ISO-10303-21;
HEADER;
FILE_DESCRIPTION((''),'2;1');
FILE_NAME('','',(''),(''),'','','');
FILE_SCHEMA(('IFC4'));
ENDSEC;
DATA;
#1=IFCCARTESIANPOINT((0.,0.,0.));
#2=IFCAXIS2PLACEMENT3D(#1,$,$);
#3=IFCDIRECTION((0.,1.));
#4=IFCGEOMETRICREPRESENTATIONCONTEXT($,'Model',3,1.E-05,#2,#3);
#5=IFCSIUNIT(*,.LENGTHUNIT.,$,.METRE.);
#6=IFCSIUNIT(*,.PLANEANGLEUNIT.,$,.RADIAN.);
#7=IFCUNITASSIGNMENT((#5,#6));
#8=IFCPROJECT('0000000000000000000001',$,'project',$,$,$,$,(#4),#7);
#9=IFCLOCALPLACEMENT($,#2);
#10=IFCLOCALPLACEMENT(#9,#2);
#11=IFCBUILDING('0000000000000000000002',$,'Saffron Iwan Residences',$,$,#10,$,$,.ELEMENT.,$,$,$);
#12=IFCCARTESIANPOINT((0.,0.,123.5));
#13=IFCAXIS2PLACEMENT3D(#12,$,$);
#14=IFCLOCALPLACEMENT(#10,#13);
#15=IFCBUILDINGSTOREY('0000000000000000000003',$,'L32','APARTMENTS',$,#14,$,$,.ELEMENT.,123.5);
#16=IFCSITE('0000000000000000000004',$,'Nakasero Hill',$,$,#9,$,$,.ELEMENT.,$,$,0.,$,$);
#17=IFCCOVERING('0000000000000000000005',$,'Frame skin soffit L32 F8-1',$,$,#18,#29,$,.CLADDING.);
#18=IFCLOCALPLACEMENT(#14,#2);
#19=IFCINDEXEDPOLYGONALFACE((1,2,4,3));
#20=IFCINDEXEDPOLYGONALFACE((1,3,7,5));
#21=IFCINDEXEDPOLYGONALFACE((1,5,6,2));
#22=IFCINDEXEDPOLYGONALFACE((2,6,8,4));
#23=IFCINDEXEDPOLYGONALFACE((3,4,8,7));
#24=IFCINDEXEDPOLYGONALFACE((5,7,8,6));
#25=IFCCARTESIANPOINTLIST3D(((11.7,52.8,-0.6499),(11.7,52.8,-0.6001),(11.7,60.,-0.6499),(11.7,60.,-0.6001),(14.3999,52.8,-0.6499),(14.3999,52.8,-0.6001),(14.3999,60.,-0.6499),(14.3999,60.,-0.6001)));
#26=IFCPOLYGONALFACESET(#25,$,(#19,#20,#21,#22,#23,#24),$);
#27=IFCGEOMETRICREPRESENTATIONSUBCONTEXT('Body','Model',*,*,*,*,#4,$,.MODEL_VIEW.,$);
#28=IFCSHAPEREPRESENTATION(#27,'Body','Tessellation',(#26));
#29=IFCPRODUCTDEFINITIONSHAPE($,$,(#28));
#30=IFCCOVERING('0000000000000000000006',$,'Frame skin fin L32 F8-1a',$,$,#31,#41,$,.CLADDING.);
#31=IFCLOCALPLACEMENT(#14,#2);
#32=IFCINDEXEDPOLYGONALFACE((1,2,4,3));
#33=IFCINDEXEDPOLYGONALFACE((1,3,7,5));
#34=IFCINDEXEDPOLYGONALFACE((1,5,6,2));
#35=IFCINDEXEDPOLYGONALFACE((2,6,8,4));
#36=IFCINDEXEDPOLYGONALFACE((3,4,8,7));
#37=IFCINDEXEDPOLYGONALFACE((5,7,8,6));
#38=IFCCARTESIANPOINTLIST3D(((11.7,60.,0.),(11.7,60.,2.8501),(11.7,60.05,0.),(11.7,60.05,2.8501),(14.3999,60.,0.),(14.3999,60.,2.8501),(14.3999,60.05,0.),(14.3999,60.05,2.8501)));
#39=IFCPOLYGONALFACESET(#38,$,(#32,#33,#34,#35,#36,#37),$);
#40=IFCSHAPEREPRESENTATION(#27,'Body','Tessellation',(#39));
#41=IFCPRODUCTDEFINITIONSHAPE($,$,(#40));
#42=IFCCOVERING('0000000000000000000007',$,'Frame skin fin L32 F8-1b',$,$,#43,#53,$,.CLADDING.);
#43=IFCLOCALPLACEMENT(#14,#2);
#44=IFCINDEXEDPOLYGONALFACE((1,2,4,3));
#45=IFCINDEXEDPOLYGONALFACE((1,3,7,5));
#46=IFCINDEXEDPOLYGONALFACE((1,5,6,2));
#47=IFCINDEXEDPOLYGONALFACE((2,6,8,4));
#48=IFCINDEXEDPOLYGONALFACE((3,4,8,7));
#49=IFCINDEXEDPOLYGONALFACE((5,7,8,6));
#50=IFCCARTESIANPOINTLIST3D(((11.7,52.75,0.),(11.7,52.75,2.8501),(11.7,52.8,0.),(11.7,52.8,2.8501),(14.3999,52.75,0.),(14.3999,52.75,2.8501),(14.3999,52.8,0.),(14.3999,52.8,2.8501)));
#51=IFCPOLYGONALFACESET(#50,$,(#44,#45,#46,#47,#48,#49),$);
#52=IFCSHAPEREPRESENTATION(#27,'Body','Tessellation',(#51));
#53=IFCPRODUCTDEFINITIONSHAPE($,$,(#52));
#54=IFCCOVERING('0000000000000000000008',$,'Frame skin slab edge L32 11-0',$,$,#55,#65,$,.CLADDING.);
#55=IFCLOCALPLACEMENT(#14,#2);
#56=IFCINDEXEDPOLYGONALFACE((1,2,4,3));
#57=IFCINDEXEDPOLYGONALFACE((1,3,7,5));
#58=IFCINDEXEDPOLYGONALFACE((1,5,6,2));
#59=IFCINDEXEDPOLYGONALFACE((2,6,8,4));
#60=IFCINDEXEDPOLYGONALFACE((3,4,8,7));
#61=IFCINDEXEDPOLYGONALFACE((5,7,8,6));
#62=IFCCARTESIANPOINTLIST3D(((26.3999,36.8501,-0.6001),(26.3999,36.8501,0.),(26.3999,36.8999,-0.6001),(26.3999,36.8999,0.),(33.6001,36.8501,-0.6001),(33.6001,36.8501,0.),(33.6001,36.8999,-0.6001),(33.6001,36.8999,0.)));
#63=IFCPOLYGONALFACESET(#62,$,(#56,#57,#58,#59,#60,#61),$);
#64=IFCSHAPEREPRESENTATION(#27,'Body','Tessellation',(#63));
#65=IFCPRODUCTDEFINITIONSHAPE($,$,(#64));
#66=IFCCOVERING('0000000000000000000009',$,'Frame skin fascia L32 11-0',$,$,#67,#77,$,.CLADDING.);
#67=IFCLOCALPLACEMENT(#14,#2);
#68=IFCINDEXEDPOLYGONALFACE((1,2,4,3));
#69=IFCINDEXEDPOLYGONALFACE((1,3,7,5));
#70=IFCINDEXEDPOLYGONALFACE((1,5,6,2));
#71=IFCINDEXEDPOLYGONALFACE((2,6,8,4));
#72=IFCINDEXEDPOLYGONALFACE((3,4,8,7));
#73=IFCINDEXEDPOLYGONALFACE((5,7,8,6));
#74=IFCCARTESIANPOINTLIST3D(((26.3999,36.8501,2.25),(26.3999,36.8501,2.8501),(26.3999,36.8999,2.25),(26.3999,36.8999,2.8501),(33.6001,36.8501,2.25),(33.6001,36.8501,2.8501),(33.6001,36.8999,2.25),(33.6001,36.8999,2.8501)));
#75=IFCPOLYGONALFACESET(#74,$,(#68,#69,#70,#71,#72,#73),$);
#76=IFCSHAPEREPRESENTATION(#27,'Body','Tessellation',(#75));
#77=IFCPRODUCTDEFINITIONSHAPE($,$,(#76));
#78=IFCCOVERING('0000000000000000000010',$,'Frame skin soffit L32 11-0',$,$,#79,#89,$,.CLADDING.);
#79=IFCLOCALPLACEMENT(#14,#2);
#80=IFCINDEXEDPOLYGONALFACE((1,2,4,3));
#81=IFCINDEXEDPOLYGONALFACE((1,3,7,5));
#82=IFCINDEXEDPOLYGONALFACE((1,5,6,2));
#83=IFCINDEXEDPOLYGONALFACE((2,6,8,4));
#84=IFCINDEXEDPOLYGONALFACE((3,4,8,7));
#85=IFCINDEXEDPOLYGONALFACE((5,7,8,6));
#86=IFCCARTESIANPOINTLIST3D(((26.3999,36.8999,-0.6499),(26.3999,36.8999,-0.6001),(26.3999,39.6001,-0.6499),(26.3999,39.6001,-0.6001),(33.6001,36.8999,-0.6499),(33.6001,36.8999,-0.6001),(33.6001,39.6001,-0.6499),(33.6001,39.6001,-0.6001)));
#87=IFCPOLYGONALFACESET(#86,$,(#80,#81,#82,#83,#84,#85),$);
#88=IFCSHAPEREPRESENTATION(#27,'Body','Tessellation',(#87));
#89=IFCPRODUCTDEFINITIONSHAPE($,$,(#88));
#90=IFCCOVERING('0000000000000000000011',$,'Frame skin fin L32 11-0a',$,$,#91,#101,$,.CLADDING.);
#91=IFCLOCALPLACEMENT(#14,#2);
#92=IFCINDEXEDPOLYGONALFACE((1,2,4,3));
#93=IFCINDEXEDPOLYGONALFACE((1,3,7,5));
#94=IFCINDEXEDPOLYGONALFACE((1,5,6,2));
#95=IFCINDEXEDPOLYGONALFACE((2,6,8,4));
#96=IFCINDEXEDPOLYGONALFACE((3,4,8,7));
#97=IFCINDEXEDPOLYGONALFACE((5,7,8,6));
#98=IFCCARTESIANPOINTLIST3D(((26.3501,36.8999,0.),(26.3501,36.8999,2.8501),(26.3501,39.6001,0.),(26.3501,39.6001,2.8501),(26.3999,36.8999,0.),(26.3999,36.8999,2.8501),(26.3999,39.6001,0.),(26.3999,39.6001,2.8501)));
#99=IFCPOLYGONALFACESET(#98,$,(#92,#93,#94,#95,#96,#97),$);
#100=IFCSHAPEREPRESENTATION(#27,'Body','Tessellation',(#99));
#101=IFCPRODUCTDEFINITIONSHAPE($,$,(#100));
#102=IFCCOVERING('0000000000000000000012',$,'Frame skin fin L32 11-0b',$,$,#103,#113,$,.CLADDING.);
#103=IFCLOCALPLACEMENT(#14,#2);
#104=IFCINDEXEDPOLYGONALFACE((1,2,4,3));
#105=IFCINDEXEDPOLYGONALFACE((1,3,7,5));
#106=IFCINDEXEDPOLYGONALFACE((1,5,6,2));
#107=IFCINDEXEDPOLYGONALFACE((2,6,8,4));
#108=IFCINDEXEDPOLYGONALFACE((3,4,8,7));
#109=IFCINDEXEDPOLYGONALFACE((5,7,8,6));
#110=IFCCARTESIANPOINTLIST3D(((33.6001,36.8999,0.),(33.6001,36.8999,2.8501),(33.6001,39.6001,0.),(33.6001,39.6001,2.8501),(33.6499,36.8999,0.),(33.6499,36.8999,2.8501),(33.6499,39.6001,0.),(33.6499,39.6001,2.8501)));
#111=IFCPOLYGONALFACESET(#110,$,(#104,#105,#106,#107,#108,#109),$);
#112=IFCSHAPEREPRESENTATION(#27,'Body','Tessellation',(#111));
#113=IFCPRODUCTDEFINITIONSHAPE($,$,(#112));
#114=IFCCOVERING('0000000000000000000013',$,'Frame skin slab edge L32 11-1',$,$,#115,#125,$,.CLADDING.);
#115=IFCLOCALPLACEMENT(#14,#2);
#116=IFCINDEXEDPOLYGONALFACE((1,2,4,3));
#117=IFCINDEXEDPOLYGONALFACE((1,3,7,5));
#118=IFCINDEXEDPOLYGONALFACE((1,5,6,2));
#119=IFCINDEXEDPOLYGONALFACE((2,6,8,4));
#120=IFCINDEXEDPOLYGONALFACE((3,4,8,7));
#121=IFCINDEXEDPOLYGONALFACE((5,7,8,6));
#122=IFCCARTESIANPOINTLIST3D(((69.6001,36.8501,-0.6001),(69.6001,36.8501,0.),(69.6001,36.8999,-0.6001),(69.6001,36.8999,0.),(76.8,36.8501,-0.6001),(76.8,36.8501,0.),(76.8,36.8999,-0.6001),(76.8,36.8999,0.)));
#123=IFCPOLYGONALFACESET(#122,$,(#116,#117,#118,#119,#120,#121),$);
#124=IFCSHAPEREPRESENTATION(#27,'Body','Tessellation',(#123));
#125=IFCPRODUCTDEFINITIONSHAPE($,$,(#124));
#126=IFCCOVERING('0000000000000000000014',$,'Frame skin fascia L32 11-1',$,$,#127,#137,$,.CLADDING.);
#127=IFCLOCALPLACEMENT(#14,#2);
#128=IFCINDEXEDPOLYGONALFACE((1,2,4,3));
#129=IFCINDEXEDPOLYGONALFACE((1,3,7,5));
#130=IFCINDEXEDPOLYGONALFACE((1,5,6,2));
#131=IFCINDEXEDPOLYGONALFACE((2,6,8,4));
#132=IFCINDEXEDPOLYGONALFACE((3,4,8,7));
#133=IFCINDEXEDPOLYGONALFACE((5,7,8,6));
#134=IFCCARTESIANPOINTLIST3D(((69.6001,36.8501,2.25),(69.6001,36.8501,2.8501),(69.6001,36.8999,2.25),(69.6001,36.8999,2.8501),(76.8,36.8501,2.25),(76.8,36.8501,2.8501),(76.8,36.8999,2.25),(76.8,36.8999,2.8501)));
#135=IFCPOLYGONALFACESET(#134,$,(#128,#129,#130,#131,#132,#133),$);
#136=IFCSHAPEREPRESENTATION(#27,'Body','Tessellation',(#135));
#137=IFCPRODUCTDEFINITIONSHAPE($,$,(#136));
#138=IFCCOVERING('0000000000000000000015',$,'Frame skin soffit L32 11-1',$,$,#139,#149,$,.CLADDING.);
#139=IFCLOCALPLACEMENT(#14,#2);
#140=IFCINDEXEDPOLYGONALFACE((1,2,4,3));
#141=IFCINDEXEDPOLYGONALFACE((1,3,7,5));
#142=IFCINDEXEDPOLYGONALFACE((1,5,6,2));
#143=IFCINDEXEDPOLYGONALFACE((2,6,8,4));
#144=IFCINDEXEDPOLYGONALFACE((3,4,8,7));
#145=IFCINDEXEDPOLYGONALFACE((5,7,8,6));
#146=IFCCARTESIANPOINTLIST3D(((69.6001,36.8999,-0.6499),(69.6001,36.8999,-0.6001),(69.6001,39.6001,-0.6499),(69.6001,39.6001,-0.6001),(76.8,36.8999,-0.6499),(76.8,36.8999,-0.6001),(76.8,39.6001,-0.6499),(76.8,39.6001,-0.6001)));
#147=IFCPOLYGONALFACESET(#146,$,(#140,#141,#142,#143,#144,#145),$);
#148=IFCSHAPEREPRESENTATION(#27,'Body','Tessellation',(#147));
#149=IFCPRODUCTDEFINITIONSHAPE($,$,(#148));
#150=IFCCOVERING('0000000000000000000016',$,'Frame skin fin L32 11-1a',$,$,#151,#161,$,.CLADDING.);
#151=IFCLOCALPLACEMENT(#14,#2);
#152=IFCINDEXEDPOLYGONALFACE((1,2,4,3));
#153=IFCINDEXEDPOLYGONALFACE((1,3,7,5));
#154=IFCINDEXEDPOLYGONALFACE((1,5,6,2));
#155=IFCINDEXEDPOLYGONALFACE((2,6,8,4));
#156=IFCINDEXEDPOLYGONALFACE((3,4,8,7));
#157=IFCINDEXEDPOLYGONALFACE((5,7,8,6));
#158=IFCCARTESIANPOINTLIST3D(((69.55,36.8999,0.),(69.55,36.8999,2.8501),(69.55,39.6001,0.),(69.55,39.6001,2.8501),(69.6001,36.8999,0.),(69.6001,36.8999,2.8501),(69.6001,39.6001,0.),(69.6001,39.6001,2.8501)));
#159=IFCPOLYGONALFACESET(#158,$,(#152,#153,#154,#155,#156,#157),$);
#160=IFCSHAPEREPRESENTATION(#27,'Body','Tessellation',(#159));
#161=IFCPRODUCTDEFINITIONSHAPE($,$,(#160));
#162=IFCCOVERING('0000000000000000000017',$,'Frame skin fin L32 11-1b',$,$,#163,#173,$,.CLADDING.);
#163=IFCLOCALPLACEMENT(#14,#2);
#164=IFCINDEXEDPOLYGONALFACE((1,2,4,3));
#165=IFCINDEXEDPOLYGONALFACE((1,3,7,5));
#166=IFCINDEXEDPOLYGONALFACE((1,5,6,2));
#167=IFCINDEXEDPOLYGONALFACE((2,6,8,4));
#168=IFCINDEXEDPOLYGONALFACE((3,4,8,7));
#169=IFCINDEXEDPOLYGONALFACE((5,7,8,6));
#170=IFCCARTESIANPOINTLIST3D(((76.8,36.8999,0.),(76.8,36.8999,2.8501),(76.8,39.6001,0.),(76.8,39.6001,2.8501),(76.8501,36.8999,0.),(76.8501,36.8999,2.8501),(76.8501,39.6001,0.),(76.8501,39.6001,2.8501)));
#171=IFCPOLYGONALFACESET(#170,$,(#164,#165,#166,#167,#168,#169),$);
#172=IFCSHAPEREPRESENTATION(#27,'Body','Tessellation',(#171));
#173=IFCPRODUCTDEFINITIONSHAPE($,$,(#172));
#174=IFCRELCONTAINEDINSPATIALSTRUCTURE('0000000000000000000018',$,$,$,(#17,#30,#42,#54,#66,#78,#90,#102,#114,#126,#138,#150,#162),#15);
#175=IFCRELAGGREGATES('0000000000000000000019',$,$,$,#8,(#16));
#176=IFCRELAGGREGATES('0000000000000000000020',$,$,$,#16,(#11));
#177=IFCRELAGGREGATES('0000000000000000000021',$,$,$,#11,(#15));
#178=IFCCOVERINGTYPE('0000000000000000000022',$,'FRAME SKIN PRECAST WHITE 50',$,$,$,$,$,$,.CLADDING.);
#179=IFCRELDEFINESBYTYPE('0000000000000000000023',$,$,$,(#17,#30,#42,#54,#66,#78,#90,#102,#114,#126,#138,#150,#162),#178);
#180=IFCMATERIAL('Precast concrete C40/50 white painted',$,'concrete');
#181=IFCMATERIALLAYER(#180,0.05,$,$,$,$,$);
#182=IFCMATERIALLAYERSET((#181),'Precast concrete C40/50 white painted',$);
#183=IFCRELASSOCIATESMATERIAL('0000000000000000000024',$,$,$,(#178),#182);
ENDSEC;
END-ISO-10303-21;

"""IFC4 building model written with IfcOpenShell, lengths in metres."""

from ifc_helpers import new_model, si_unit, direction, frame, origin, place, context, subcontext, project, spatial, polyline, outline, extrude, material, layer, layer_set, type_object, element, save


model = new_model("IFC4")

# Units and contexts
model_context = context("Model", 3, precision=1e-05, world=origin(), true_north=direction((0.0, 1.0)))
body_context = subcontext(model_context, "Body", "Model", "MODEL_VIEW")
ifc_project = project(units=[si_unit("LENGTHUNIT", "METRE"), si_unit("PLANEANGLEUNIT", "RADIAN")], contexts=[model_context])

# Site, building, storey
site_placement = place(None, origin())
site = spatial("IfcSite", under=ifc_project, at=site_placement, Name="Nakasero Hill", CompositionType="ELEMENT", RefElevation=0.0)
building_placement = place(site_placement, origin())
building = spatial("IfcBuilding", under=site, at=building_placement, Name="Saffron Iwan Residences", CompositionType="ELEMENT")
storey_placement = place(building_placement, frame((0.0, 0.0, 123.5)))
storey = spatial("IfcBuildingStorey", under=building, at=storey_placement, Name="L32", Description="APARTMENTS", CompositionType="ELEMENT", Elevation=123.5)

# Coverings
ifc_material_1 = material(Name="Precast concrete C40/50 white painted", Category="concrete")
ifc_layer_1 = layer(ifc_material_1, 0.05)
ifc_layer_set_1 = layer_set([ifc_layer_1], Name="Precast concrete C40/50 white painted")
covering_type = type_object("IfcCoveringType", Name="FRAME SKIN PRECAST WHITE 50", PredefinedType="CLADDING", material=ifc_layer_set_1)
covering_1_placement = place(storey_placement, frame((0.0, 0.0, -0.6499)))
element("IfcCovering", 1, at=covering_1_placement, inside=storey, type_object=covering_type, Name="Frame skin soffit L32 F8-1", PredefinedType="CLADDING", context=body_context, shape_type="SweptSolid", body=[
    extrude(outline(polyline([(11.7, 60.0), (11.7, 52.8), (14.3999, 52.8), (14.3999, 60.0), (11.7, 60.0)])), origin(), (0.0, 0.0, 1.0), 0.0498),
])
covering_2_placement = place(storey_placement, origin())
element("IfcCovering", 2, at=covering_2_placement, inside=storey, type_object=covering_type, Name="Frame skin fin L32 F8-1a", PredefinedType="CLADDING", context=body_context, shape_type="SweptSolid", body=[
    extrude(outline(polyline([(11.7, 60.05), (11.7, 60.0), (14.3999, 60.0), (14.3999, 60.05), (11.7, 60.05)])), origin(), (0.0, 0.0, 1.0), 2.8501),
])
covering_3_placement = place(storey_placement, origin())
element("IfcCovering", 3, at=covering_3_placement, inside=storey, type_object=covering_type, Name="Frame skin fin L32 F8-1b", PredefinedType="CLADDING", context=body_context, shape_type="SweptSolid", body=[
    extrude(outline(polyline([(11.7, 52.8), (11.7, 52.75), (14.3999, 52.75), (14.3999, 52.8), (11.7, 52.8)])), origin(), (0.0, 0.0, 1.0), 2.8501),
])
for number, where, name in (
    (4, (0.0, 0.0, -0.6001), "Frame skin slab edge L32 11-0"),
    (5, (0.0, 0.0, 2.25), "Frame skin fascia L32 11-0"),
):
    element("IfcCovering", number, at=place(storey_placement, frame(where)), inside=storey, type_object=covering_type, Name=name, PredefinedType="CLADDING", context=body_context, shape_type="SweptSolid", body=[
        extrude(outline(polyline([(26.3999, 36.8501), (33.6001, 36.8501), (33.6001, 36.8999), (26.3999, 36.8999), (26.3999, 36.8501)])), origin(), (0.0, 0.0, 1.0), 0.6001),
    ])
covering_4_placement = place(storey_placement, frame((0.0, 0.0, -0.6499)))
element("IfcCovering", 6, at=covering_4_placement, inside=storey, type_object=covering_type, Name="Frame skin soffit L32 11-0", PredefinedType="CLADDING", context=body_context, shape_type="SweptSolid", body=[
    extrude(outline(polyline([(26.3999, 36.8999), (33.6001, 36.8999), (33.6001, 39.6001), (26.3999, 39.6001), (26.3999, 36.8999)])), origin(), (0.0, 0.0, 1.0), 0.0498),
])
covering_5_placement = place(storey_placement, origin())
element("IfcCovering", 7, at=covering_5_placement, inside=storey, type_object=covering_type, Name="Frame skin fin L32 11-0a", PredefinedType="CLADDING", context=body_context, shape_type="SweptSolid", body=[
    extrude(outline(polyline([(26.3501, 36.8999), (26.3999, 36.8999), (26.3999, 39.6001), (26.3501, 39.6001), (26.3501, 36.8999)])), origin(), (0.0, 0.0, 1.0), 2.8501),
])
covering_6_placement = place(storey_placement, origin())
element("IfcCovering", 8, at=covering_6_placement, inside=storey, type_object=covering_type, Name="Frame skin fin L32 11-0b", PredefinedType="CLADDING", context=body_context, shape_type="SweptSolid", body=[
    extrude(outline(polyline([(33.6001, 36.8999), (33.6499, 36.8999), (33.6499, 39.6001), (33.6001, 39.6001), (33.6001, 36.8999)])), origin(), (0.0, 0.0, 1.0), 2.8501),
])
for number, where, name in (
    (9, (0.0, 0.0, -0.6001), "Frame skin slab edge L32 11-1"),
    (10, (0.0, 0.0, 2.25), "Frame skin fascia L32 11-1"),
):
    element("IfcCovering", number, at=place(storey_placement, frame(where)), inside=storey, type_object=covering_type, Name=name, PredefinedType="CLADDING", context=body_context, shape_type="SweptSolid", body=[
        extrude(outline(polyline([(69.6001, 36.8501), (76.8, 36.8501), (76.8, 36.8999), (69.6001, 36.8999), (69.6001, 36.8501)])), origin(), (0.0, 0.0, 1.0), 0.6001),
    ])
covering_7_placement = place(storey_placement, frame((0.0, 0.0, -0.6499)))
element("IfcCovering", 11, at=covering_7_placement, inside=storey, type_object=covering_type, Name="Frame skin soffit L32 11-1", PredefinedType="CLADDING", context=body_context, shape_type="SweptSolid", body=[
    extrude(outline(polyline([(69.6001, 36.8999), (76.8, 36.8999), (76.8, 39.6001), (69.6001, 39.6001), (69.6001, 36.8999)])), origin(), (0.0, 0.0, 1.0), 0.0498),
])
covering_8_placement = place(storey_placement, origin())
element("IfcCovering", 12, at=covering_8_placement, inside=storey, type_object=covering_type, Name="Frame skin fin L32 11-1a", PredefinedType="CLADDING", context=body_context, shape_type="SweptSolid", body=[
    extrude(outline(polyline([(69.55, 36.8999), (69.6001, 36.8999), (69.6001, 39.6001), (69.55, 39.6001), (69.55, 36.8999)])), origin(), (0.0, 0.0, 1.0), 2.8501),
])
covering_9_placement = place(storey_placement, origin())
element("IfcCovering", 13, at=covering_9_placement, inside=storey, type_object=covering_type, Name="Frame skin fin L32 11-1b", PredefinedType="CLADDING", context=body_context, shape_type="SweptSolid", body=[
    extrude(outline(polyline([(76.8, 36.8999), (76.8501, 36.8999), (76.8501, 39.6001), (76.8, 39.6001), (76.8, 36.8999)])), origin(), (0.0, 0.0, 1.0), 2.8501),
])

save(model, "model.ifc")
